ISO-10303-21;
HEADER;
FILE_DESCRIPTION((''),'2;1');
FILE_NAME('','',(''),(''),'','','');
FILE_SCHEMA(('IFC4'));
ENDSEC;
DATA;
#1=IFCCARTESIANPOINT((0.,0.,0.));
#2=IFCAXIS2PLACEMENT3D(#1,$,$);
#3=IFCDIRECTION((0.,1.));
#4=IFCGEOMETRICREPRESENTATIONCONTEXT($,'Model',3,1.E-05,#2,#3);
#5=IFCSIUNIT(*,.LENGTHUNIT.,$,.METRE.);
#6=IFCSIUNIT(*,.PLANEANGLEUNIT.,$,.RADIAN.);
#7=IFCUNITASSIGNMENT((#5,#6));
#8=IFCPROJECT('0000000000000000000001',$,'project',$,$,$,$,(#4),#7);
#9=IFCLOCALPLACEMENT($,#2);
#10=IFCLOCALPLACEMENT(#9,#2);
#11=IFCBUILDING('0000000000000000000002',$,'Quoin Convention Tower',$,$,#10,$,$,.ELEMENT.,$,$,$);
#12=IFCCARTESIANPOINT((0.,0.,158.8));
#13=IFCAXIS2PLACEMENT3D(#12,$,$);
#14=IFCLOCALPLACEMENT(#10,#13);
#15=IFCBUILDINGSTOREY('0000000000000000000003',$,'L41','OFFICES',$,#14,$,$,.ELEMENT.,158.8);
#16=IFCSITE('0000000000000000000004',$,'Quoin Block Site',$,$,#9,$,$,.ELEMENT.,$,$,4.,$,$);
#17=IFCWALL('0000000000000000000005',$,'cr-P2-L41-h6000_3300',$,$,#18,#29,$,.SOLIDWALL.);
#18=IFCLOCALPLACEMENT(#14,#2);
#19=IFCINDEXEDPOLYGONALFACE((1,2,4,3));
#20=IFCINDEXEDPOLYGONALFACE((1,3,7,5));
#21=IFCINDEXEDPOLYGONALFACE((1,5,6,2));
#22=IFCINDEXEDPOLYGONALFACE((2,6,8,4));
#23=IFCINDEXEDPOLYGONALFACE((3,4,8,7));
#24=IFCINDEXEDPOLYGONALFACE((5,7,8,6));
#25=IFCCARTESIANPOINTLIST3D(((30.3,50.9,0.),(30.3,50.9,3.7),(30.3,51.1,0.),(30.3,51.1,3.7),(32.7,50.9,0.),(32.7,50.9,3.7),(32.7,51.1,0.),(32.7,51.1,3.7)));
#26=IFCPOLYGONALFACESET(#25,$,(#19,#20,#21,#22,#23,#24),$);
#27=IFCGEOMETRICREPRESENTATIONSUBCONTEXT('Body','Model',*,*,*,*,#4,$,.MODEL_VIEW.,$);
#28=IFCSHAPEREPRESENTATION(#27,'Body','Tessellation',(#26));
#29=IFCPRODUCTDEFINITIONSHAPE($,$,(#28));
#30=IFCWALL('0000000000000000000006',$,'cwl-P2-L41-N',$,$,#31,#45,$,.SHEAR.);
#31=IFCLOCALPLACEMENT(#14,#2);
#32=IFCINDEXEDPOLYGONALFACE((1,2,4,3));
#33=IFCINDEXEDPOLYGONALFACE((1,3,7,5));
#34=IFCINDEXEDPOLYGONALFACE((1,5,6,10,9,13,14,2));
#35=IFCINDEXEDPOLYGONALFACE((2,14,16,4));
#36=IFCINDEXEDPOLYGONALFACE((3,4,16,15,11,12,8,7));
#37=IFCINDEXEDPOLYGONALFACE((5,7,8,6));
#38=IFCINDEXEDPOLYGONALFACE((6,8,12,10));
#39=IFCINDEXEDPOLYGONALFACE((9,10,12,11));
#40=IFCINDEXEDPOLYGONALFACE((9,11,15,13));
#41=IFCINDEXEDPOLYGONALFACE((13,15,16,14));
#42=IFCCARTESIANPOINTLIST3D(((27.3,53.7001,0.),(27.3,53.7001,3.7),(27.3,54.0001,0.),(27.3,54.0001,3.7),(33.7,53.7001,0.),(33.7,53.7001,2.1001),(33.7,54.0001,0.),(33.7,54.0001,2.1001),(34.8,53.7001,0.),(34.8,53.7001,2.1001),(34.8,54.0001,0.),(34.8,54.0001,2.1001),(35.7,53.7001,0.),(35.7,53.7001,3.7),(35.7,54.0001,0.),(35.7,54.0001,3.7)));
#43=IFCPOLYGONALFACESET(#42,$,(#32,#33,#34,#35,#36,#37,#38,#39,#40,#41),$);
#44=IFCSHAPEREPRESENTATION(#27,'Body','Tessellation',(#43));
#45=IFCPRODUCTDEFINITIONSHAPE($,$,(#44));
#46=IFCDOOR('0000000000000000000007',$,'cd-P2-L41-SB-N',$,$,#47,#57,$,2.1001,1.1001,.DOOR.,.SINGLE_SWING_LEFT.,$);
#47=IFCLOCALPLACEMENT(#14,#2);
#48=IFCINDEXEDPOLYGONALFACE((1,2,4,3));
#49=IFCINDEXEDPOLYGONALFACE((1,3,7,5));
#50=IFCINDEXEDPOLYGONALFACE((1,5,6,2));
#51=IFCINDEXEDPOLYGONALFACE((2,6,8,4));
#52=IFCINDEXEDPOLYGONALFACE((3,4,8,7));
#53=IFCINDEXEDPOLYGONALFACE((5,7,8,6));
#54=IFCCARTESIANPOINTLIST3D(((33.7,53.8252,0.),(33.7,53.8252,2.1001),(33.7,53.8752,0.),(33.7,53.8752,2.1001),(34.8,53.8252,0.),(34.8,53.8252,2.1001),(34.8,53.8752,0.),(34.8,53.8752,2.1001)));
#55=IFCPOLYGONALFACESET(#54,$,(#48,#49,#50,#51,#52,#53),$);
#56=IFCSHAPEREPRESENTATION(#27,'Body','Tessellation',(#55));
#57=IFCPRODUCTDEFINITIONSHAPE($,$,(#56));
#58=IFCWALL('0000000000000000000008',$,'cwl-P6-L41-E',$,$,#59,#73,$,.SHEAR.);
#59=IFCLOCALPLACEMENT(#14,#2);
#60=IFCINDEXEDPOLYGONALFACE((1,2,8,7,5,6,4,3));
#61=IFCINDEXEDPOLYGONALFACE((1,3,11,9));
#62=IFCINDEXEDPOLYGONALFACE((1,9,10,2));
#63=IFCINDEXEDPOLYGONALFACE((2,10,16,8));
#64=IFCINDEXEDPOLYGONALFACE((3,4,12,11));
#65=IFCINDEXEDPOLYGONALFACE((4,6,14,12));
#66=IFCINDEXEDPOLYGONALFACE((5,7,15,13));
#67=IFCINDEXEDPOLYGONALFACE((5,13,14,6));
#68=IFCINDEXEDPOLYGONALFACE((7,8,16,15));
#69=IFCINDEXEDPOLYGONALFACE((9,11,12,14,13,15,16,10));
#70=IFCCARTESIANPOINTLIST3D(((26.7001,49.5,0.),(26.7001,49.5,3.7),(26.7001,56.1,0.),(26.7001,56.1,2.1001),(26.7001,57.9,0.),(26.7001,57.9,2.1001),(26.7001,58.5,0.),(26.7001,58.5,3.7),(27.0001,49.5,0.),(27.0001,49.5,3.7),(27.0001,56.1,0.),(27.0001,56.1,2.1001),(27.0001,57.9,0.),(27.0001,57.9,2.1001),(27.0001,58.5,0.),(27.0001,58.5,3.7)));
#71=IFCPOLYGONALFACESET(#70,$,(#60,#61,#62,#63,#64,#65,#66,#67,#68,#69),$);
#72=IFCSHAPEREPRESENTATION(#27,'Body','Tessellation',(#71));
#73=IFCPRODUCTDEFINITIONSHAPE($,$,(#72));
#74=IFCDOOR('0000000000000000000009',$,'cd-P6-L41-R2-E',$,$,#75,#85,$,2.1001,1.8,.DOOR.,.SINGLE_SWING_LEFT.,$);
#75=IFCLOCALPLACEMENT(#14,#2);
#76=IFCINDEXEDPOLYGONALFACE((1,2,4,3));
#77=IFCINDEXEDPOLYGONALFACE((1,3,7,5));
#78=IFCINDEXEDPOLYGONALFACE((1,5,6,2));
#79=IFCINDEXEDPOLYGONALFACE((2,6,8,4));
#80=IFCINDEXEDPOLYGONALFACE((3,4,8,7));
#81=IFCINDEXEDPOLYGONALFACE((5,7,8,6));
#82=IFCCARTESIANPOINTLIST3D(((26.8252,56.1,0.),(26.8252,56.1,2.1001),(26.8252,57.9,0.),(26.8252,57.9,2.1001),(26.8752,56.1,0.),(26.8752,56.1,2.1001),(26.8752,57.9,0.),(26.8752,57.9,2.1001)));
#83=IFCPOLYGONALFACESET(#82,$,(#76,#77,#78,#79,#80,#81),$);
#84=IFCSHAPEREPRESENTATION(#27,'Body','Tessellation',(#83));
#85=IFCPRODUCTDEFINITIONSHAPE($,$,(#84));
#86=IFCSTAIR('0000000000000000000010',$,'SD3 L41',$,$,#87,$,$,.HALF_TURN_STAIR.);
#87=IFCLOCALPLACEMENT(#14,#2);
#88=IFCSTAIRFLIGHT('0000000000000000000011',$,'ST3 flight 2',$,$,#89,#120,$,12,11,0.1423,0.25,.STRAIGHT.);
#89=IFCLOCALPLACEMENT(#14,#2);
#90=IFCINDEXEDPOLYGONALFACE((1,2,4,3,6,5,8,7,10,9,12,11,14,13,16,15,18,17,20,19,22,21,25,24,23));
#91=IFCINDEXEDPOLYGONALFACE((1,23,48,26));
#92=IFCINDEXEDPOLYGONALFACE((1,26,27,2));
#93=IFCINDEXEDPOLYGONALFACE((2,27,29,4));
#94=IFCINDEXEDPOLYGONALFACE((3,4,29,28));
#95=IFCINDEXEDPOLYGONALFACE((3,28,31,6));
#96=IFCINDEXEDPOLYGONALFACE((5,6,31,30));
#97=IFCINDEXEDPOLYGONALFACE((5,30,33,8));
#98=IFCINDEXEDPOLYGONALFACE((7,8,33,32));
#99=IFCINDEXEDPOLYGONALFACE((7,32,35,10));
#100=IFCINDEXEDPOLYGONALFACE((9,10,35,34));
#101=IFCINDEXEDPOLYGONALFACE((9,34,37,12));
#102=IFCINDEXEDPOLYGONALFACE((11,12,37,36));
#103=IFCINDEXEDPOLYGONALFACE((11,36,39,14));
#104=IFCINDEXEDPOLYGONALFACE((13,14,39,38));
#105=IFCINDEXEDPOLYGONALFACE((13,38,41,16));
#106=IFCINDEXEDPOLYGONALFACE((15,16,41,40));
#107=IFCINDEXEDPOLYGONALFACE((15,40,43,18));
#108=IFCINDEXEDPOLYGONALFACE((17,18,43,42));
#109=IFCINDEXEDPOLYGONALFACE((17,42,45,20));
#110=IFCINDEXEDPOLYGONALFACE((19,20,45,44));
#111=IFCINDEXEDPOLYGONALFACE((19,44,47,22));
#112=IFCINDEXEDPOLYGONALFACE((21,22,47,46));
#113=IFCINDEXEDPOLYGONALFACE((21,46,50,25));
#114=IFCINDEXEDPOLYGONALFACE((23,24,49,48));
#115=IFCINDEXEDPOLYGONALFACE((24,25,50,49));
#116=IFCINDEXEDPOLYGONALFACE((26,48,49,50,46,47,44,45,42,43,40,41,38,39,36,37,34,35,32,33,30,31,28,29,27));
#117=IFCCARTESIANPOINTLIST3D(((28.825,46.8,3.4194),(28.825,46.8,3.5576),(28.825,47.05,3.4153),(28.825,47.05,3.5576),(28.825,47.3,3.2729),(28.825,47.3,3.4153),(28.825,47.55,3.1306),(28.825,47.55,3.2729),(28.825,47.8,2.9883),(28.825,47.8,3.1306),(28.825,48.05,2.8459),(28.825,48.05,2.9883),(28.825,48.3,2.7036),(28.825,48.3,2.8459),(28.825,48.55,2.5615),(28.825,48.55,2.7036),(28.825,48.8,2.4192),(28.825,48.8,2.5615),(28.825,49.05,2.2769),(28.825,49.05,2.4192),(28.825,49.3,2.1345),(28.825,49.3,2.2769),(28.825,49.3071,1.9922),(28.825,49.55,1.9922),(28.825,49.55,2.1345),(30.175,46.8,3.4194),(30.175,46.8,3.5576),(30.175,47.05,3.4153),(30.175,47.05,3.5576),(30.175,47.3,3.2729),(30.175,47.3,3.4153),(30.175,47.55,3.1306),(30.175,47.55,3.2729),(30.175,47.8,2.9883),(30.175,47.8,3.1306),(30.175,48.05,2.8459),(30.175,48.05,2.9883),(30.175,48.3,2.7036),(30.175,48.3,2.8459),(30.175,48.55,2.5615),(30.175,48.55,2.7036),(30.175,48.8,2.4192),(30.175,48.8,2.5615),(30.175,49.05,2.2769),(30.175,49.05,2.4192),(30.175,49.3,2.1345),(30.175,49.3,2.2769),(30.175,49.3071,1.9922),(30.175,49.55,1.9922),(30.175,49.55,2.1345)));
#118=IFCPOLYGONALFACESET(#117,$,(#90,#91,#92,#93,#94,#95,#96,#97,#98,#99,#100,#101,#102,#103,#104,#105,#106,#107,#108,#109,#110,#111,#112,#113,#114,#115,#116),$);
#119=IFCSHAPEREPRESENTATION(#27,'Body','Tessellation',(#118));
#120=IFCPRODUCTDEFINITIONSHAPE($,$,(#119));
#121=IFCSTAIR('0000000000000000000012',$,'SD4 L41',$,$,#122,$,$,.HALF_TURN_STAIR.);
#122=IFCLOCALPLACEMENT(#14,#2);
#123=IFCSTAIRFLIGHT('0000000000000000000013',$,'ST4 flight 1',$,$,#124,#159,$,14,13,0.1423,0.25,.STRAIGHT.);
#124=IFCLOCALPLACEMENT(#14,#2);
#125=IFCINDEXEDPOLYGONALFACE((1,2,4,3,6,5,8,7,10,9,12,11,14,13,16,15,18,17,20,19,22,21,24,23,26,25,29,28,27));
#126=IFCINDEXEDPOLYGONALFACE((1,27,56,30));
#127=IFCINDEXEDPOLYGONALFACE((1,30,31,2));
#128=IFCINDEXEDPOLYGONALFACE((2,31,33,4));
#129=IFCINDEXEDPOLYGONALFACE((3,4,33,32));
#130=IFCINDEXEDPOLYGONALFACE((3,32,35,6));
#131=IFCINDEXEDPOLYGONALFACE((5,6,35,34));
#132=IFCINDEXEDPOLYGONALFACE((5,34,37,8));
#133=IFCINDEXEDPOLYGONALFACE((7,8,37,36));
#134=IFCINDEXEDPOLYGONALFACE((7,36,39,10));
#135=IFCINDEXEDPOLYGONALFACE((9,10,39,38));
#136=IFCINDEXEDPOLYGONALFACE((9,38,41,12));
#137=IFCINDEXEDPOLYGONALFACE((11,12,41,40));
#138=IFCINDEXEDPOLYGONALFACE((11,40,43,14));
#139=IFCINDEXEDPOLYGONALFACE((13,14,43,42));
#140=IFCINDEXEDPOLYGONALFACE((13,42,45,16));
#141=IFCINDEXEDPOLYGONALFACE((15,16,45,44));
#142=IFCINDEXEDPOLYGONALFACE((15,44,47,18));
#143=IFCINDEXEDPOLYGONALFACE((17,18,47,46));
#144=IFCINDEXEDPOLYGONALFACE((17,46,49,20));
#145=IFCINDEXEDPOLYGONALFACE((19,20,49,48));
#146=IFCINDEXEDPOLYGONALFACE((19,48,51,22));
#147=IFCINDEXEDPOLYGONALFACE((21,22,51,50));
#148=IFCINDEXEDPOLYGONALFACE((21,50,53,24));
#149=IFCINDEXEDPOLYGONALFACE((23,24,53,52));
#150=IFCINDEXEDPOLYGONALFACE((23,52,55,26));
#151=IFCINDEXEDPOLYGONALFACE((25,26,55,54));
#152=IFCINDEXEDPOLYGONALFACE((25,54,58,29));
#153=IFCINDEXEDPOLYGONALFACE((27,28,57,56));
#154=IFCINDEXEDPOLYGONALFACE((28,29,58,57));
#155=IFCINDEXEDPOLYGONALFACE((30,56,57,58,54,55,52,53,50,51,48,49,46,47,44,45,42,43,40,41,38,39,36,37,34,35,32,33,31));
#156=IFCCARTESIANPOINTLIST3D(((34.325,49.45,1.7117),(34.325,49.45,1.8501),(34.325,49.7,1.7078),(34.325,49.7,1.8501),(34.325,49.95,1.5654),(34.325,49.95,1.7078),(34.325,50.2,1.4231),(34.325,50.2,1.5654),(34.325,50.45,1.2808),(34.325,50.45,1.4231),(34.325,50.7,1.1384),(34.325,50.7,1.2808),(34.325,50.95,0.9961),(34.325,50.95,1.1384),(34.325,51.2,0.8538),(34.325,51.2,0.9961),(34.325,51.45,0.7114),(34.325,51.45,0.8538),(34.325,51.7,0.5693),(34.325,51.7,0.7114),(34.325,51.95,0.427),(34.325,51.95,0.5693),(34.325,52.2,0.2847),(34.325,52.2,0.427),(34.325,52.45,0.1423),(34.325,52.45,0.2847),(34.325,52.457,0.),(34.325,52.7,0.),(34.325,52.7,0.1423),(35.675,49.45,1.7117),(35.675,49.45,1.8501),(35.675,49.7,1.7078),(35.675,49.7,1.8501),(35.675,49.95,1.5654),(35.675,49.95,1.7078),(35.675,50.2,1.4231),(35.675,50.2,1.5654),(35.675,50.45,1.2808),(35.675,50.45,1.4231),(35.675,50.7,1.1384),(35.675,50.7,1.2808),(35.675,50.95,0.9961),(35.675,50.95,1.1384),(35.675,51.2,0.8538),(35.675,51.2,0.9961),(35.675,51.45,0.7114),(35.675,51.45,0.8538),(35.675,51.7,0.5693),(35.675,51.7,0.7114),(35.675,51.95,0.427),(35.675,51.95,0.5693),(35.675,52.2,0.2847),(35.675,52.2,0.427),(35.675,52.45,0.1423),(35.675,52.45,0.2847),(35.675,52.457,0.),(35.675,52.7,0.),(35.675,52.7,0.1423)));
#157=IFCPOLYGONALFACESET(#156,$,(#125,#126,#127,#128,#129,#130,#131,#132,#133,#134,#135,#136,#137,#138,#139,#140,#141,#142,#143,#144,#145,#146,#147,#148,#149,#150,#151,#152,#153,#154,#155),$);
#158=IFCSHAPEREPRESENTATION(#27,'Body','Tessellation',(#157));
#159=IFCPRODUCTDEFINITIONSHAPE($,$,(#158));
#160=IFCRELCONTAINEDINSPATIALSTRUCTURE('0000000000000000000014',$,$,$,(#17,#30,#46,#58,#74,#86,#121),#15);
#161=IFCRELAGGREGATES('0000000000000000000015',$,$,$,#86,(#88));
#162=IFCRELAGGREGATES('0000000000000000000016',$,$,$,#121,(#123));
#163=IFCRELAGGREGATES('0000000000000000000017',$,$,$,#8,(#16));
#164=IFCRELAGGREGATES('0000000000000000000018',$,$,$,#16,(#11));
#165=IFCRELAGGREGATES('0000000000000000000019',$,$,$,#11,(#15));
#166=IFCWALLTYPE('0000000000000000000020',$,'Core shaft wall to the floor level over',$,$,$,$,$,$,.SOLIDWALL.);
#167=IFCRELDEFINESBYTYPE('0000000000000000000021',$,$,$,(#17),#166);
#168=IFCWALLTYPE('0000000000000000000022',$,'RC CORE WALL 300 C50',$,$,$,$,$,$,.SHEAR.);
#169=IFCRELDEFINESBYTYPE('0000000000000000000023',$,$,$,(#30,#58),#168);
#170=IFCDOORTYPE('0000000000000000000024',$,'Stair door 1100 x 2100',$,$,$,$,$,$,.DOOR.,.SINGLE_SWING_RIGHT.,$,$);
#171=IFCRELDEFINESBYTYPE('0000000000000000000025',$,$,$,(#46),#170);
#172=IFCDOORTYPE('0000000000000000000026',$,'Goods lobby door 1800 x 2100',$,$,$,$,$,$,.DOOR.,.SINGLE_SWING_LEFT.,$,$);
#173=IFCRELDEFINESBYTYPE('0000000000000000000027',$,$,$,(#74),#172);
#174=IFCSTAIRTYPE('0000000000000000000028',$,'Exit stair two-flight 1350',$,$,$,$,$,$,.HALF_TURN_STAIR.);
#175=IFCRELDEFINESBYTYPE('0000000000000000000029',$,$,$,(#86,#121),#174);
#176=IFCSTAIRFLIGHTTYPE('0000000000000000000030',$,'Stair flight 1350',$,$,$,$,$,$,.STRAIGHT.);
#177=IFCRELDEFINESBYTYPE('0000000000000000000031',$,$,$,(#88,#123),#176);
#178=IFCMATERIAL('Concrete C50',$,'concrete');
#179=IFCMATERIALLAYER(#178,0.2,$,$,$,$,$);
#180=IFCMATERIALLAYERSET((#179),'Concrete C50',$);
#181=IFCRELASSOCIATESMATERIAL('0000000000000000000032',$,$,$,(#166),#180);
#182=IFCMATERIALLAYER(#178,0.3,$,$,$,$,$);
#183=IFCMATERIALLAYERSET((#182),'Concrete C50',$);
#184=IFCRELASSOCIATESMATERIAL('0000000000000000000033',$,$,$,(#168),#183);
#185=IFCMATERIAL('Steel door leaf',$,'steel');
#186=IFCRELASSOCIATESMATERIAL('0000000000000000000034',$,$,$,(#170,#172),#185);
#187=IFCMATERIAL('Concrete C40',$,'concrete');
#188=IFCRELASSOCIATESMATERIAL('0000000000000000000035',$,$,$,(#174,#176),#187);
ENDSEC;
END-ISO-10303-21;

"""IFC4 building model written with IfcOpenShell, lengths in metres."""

from ifc_helpers import new_model, si_unit, direction, frame, frame_2d, origin, place, context, subcontext, project, spatial, polyline, rectangle, outline, extrude, material, layer, layer_set, type_object, element, fill, aggregate, save


model = new_model("IFC4")

# Units and contexts
model_context = context("Model", 3, precision=1e-05, world=origin(), true_north=direction((0.0, 1.0)))
body_context = subcontext(model_context, "Body", "Model", "MODEL_VIEW")
ifc_project = project(units=[si_unit("LENGTHUNIT", "METRE"), si_unit("PLANEANGLEUNIT", "RADIAN")], contexts=[model_context])

# Site, building, storey
site_placement = place(None, origin())
site = spatial("IfcSite", under=ifc_project, at=site_placement, Name="Quoin Block Site", CompositionType="ELEMENT", RefElevation=4.0)
building_placement = place(site_placement, origin())
building = spatial("IfcBuilding", under=site, at=building_placement, Name="Quoin Convention Tower", CompositionType="ELEMENT")
storey_placement = place(building_placement, frame((0.0, 0.0, 158.8)))
storey = spatial("IfcBuildingStorey", under=building, at=storey_placement, Name="L41", Description="OFFICES", CompositionType="ELEMENT", Elevation=158.8)

# Shared definitions
ifc_material_1 = material(Name="Concrete C50", Category="concrete")

# Wall
ifc_layer_1 = layer(ifc_material_1, 0.2)
ifc_layer_set_1 = layer_set([ifc_layer_1], Name="Concrete C50")
wall_type_1 = type_object("IfcWallType", Name="Core shaft wall to the floor level over", PredefinedType="SOLIDWALL", material=ifc_layer_set_1)
wall_1_placement = place(storey_placement, frame((30.3, 51.0, 0.0), z_axis=(0.0, 0.0, 1.0), x_axis=(1.0, 0.0, 0.0)))
element("IfcWall", 1, at=wall_1_placement, inside=storey, type_object=wall_type_1, Name="cr-P2-L41-h6000_3300", PredefinedType="SOLIDWALL", context=body_context, shape_type="SweptSolid", body=[
    extrude(rectangle(XDim=2.3999, YDim=0.2, at=frame_2d((1.2, 0.0))), origin(), (0.0, 0.0, 1.0), 3.7),
])

# Walls, openings, doors
ifc_layer_2 = layer(ifc_material_1, 0.3)
ifc_layer_set_2 = layer_set([ifc_layer_2], Name="Concrete C50")
wall_type_2 = type_object("IfcWallType", Name="RC CORE WALL 300 C50", PredefinedType="SHEAR", material=ifc_layer_set_2)
wall_2_placement = place(storey_placement, frame((27.3, 53.8501, 0.0), z_axis=(0.0, 0.0, 1.0), x_axis=(1.0, 0.0, 0.0)))
wall_2 = element("IfcWall", 2, at=wall_2_placement, inside=storey, type_object=wall_type_2, Name="cwl-P2-L41-N", PredefinedType="SHEAR", context=body_context, shape_type="SweptSolid", body=[
    extrude(rectangle(XDim=8.3999, YDim=0.3, at=frame_2d((4.2, 0.0))), origin(), (0.0, 0.0, 1.0), 3.7),
])
opening_1_placement = place(wall_2_placement, frame((6.3999, 0.0, 0.0)))
opening_1 = element("IfcOpeningElement", 3, at=opening_1_placement, cuts=wall_2, PredefinedType="OPENING", context=body_context, shape_type="SweptSolid", body=[
    extrude(rectangle(XDim=1.1001, YDim=2.1001, at=frame_2d((0.55, 1.05))), frame((0.0, 0.1599, 0.0), z_axis=(0.0, -1.0, 0.0), x_axis=(1.0, 0.0, 0.0)), (0.0, 0.0, 1.0), 0.3201),
])
ifc_material_2 = material(Name="Steel door leaf", Category="steel")
door_type_1 = type_object("IfcDoorType", Name="Stair door 1100 x 2100", OperationType="SINGLE_SWING_RIGHT", PredefinedType="DOOR", material=ifc_material_2)
door_1_placement = place(opening_1_placement, frame((1.1001, 0.0, 0.0), z_axis=(0.0, 0.0, 1.0), x_axis=(-1.0, 0.0, 0.0)))
door_1 = element("IfcDoor", 4, at=door_1_placement, inside=storey, type_object=door_type_1, Name="cd-P2-L41-SB-N", OperationType="SINGLE_SWING_LEFT", OverallHeight=2.1001, OverallWidth=1.1001, PredefinedType="DOOR", context=body_context, shape_type="SweptSolid", body=[
    extrude(rectangle(XDim=1.1001, YDim=2.1001, at=frame_2d((0.55, 1.05))), frame((0.0, 0.0249, 0.0), z_axis=(0.0, -1.0, 0.0), x_axis=(1.0, 0.0, 0.0)), (0.0, 0.0, 1.0), 0.05),
])
fill(opening_1, door_1)
wall_3_placement = place(storey_placement, frame((26.8501, 49.5, 0.0), z_axis=(0.0, 0.0, 1.0), x_axis=(0.0, 1.0, 0.0)))
wall_3 = element("IfcWall", 5, at=wall_3_placement, inside=storey, type_object=wall_type_2, Name="cwl-P6-L41-E", PredefinedType="SHEAR", context=body_context, shape_type="SweptSolid", body=[
    extrude(rectangle(XDim=9.0, YDim=0.3, at=frame_2d((4.5, 0.0))), origin(), (0.0, 0.0, 1.0), 3.7),
])
opening_2_placement = place(wall_3_placement, frame((6.6001, 0.0, 0.0)))
opening_2 = element("IfcOpeningElement", 6, at=opening_2_placement, cuts=wall_3, PredefinedType="OPENING", context=body_context, shape_type="SweptSolid", body=[
    extrude(rectangle(XDim=1.8, YDim=2.1001, at=frame_2d((0.8999, 1.05))), frame((0.0, 0.1599, 0.0), z_axis=(0.0, -1.0, 0.0), x_axis=(1.0, 0.0, 0.0)), (0.0, 0.0, 1.0), 0.3201),
])
door_type_2 = type_object("IfcDoorType", Name="Goods lobby door 1800 x 2100", OperationType="SINGLE_SWING_LEFT", PredefinedType="DOOR", material=ifc_material_2)
door_2_placement = place(opening_2_placement, origin())
door_2 = element("IfcDoor", 7, at=door_2_placement, inside=storey, type_object=door_type_2, Name="cd-P6-L41-R2-E", OperationType="SINGLE_SWING_LEFT", OverallHeight=2.1001, OverallWidth=1.8, PredefinedType="DOOR", context=body_context, shape_type="SweptSolid", body=[
    extrude(rectangle(XDim=1.8, YDim=2.1001, at=frame_2d((0.8999, 1.05))), frame((0.0, 0.0249, 0.0), z_axis=(0.0, -1.0, 0.0), x_axis=(1.0, 0.0, 0.0)), (0.0, 0.0, 1.0), 0.05),
])
fill(opening_2, door_2)

# Stair, stair flight
ifc_material_3 = material(Name="Concrete C40", Category="concrete")
stair_type_1 = type_object("IfcStairType", Name="Exit stair two-flight 1350", PredefinedType="HALF_TURN_STAIR", material=ifc_material_3)
stair_1_placement = place(storey_placement, origin())
stair_1 = element("IfcStair", 8, at=stair_1_placement, inside=storey, type_object=stair_type_1, Name="SD3 L41", PredefinedType="HALF_TURN_STAIR")
stair_flight_type_1 = type_object("IfcStairFlightType", Name="Stair flight 1350", PredefinedType="STRAIGHT", material=ifc_material_3)
stair_flight_1_placement = place(storey_placement, frame((29.5, 49.55, 1.9922), z_axis=(0.0, 0.0, 1.0), x_axis=(0.0, -1.0, 0.0)))
stair_flight_1 = element("IfcStairFlight", 9, at=stair_flight_1_placement, type_object=stair_flight_type_1, Name="ST3 flight 2", NumberOfRisers=12, NumberOfTreads=11, PredefinedType="STRAIGHT", RiserHeight=0.1423, TreadLength=0.25, context=body_context, shape_type="SweptSolid", body=[
    extrude(outline(polyline([(0.0, 0.0), (0.0, 0.1423), (0.25, 0.1423), (0.25, 0.2847), (0.5, 0.2847), (0.5, 0.427), (0.75, 0.427), (0.75, 0.5693), (1.0, 0.5693), (1.0, 0.7114), (1.25, 0.7114), (1.25, 0.8538), (1.5, 0.8538), (1.5, 0.9961), (1.75, 0.9961), (1.75, 1.1384), (2.0, 1.1384), (2.0, 1.2808), (2.25, 1.2808), (2.25, 1.4231), (2.5, 1.4231), (2.5, 1.5654), (2.75, 1.5654), (2.75, 1.7078), (2.75, 1.4272), (0.2429, 0.0), (0.0, 0.0)])), frame((0.0, 0.675, 0.0), z_axis=(0.0, -1.0, 0.0), x_axis=(1.0, 0.0, 0.0)), (0.0, 0.0, 1.0), 1.3501),
])
aggregate(stair_1, [stair_flight_1])

# Stair, stair flight
stair_2_placement = place(storey_placement, origin())
stair_2 = element("IfcStair", 10, at=stair_2_placement, inside=storey, type_object=stair_type_1, Name="SD4 L41", PredefinedType="HALF_TURN_STAIR")
stair_flight_2_placement = place(storey_placement, frame((35.0, 52.7, 0.0), z_axis=(0.0, 0.0, 1.0), x_axis=(0.0, -1.0, 0.0)))
stair_flight_2 = element("IfcStairFlight", 11, at=stair_flight_2_placement, type_object=stair_flight_type_1, Name="ST4 flight 1", NumberOfRisers=14, NumberOfTreads=13, PredefinedType="STRAIGHT", RiserHeight=0.1423, TreadLength=0.25, context=body_context, shape_type="SweptSolid", body=[
    extrude(outline(polyline([(0.0, 0.0), (0.0, 0.1423), (0.25, 0.1423), (0.25, 0.2847), (0.5, 0.2847), (0.5, 0.427), (0.75, 0.427), (0.75, 0.5693), (1.0, 0.5693), (1.0, 0.7114), (1.25, 0.7114), (1.25, 0.8538), (1.5, 0.8538), (1.5, 0.9961), (1.75, 0.9961), (1.75, 1.1384), (2.0, 1.1384), (2.0, 1.2808), (2.25, 1.2808), (2.25, 1.4231), (2.5, 1.4231), (2.5, 1.5654), (2.75, 1.5654), (2.75, 1.7078), (3.0, 1.7078), (3.0, 1.8501), (3.25, 1.8501), (3.25, 1.9922), (3.25, 1.7117), (0.2429, 0.0), (0.0, 0.0)])), frame((0.0, 0.675, 0.0), z_axis=(0.0, -1.0, 0.0), x_axis=(1.0, 0.0, 0.0)), (0.0, 0.0, 1.0), 1.3501),
])
aggregate(stair_2, [stair_flight_2])

save(model, "model.ifc")
